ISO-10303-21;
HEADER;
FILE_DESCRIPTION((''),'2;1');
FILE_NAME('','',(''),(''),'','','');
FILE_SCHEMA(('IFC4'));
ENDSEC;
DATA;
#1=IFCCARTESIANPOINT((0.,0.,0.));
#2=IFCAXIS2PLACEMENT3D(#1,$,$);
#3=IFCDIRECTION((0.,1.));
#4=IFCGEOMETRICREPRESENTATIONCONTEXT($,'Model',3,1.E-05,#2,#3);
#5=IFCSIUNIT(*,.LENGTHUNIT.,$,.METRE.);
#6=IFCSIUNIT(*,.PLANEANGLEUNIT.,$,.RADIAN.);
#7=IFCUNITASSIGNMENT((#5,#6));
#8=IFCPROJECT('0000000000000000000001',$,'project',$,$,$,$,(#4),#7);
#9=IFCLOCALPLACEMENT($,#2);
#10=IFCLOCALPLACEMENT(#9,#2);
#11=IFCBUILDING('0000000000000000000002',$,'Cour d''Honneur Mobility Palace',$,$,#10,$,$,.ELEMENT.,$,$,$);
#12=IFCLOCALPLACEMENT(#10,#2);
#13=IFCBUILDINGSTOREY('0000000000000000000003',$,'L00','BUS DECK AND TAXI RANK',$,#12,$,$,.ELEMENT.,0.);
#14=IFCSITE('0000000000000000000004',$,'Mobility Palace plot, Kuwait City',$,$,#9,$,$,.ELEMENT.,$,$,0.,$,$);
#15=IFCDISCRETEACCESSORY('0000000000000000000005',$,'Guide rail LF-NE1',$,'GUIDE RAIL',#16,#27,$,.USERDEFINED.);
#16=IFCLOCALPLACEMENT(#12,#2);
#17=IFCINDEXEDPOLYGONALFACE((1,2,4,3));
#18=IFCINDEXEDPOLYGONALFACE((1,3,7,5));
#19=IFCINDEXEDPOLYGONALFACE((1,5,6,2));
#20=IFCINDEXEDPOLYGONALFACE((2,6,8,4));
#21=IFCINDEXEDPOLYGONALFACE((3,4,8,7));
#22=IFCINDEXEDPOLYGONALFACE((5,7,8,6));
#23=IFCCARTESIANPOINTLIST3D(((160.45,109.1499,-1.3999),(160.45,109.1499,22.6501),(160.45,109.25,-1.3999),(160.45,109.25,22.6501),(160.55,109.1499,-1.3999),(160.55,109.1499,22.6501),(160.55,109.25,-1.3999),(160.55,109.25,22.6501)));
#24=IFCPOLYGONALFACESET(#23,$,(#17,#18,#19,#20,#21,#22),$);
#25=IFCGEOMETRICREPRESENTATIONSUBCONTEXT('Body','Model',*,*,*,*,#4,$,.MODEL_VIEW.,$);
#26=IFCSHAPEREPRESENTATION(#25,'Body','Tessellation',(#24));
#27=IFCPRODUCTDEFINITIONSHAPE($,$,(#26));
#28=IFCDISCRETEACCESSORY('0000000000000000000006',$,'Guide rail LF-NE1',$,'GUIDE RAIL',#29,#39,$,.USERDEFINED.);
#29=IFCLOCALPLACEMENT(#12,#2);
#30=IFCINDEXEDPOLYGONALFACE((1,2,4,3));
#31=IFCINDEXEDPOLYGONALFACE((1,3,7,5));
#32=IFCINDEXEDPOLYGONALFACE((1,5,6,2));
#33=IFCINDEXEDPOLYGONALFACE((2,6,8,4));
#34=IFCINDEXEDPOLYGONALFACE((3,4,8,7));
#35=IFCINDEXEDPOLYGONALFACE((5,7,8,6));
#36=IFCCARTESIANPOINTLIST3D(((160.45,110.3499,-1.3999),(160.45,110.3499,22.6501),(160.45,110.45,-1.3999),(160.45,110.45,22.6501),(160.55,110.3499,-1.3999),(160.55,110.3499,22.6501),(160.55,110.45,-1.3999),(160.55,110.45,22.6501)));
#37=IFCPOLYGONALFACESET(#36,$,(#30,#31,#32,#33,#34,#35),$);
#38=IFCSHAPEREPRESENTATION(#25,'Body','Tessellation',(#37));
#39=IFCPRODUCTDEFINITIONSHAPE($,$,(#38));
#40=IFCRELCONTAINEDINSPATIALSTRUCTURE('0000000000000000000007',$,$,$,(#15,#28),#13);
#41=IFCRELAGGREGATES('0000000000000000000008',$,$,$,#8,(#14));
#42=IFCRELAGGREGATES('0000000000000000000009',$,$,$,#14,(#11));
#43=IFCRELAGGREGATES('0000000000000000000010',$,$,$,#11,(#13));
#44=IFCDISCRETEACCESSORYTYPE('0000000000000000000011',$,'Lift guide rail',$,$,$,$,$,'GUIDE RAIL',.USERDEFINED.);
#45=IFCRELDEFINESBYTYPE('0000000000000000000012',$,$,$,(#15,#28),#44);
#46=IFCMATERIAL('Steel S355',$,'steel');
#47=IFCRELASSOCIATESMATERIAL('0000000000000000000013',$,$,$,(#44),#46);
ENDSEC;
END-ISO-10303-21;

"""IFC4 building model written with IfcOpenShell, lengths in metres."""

from ifc_helpers import new_model, si_unit, direction, frame, origin, origin_2d, place, context, subcontext, project, spatial, rectangle, extrude, material, type_object, element, save


model = new_model("IFC4")

# Units and contexts
model_context = context("Model", 3, precision=1e-05, world=origin(), true_north=direction((0.0, 1.0)))
body_context = subcontext(model_context, "Body", "Model", "MODEL_VIEW")
ifc_project = project(units=[si_unit("LENGTHUNIT", "METRE"), si_unit("PLANEANGLEUNIT", "RADIAN")], contexts=[model_context])

# Site, building, storey
site_placement = place(None, origin())
site = spatial("IfcSite", under=ifc_project, at=site_placement, Name="Mobility Palace plot, Kuwait City", CompositionType="ELEMENT", RefElevation=0.0)
building_placement = place(site_placement, origin())
building = spatial("IfcBuilding", under=site, at=building_placement, Name="Cour d'Honneur Mobility Palace", CompositionType="ELEMENT")
storey_placement = place(building_placement, origin())
storey = spatial("IfcBuildingStorey", under=building, at=storey_placement, Name="L00", Description="BUS DECK AND TAXI RANK", CompositionType="ELEMENT", Elevation=0.0)

# Discrete accessories
ifc_material_1 = material(Name="Steel S355", Category="steel")
discrete_accessory_type = type_object("IfcDiscreteAccessoryType", Name="Lift guide rail", ElementType="GUIDE RAIL", PredefinedType="USERDEFINED", material=ifc_material_1)
for number, where, z_axis, x_axis, name in (
    (1, (160.5, 109.2, -1.3999), (0.0, 0.0, 1.0), (1.0, 0.0, 0.0), "Guide rail LF-NE1"),
    (2, (160.5, 110.3999, -1.3999), (0.0, 0.0, 1.0), (1.0, 0.0, 0.0), "Guide rail LF-NE1"),
):
    element("IfcDiscreteAccessory", number, at=place(storey_placement, frame(where, z_axis=z_axis, x_axis=x_axis)), inside=storey, type_object=discrete_accessory_type, Name=name, ObjectType="GUIDE RAIL", PredefinedType="USERDEFINED", context=body_context, shape_type="SweptSolid", body=[
        extrude(rectangle(XDim=0.1001, YDim=0.1001, at=origin_2d()), origin(), (0.0, 0.0, 1.0), 24.05),
    ])

save(model, "model.ifc")
